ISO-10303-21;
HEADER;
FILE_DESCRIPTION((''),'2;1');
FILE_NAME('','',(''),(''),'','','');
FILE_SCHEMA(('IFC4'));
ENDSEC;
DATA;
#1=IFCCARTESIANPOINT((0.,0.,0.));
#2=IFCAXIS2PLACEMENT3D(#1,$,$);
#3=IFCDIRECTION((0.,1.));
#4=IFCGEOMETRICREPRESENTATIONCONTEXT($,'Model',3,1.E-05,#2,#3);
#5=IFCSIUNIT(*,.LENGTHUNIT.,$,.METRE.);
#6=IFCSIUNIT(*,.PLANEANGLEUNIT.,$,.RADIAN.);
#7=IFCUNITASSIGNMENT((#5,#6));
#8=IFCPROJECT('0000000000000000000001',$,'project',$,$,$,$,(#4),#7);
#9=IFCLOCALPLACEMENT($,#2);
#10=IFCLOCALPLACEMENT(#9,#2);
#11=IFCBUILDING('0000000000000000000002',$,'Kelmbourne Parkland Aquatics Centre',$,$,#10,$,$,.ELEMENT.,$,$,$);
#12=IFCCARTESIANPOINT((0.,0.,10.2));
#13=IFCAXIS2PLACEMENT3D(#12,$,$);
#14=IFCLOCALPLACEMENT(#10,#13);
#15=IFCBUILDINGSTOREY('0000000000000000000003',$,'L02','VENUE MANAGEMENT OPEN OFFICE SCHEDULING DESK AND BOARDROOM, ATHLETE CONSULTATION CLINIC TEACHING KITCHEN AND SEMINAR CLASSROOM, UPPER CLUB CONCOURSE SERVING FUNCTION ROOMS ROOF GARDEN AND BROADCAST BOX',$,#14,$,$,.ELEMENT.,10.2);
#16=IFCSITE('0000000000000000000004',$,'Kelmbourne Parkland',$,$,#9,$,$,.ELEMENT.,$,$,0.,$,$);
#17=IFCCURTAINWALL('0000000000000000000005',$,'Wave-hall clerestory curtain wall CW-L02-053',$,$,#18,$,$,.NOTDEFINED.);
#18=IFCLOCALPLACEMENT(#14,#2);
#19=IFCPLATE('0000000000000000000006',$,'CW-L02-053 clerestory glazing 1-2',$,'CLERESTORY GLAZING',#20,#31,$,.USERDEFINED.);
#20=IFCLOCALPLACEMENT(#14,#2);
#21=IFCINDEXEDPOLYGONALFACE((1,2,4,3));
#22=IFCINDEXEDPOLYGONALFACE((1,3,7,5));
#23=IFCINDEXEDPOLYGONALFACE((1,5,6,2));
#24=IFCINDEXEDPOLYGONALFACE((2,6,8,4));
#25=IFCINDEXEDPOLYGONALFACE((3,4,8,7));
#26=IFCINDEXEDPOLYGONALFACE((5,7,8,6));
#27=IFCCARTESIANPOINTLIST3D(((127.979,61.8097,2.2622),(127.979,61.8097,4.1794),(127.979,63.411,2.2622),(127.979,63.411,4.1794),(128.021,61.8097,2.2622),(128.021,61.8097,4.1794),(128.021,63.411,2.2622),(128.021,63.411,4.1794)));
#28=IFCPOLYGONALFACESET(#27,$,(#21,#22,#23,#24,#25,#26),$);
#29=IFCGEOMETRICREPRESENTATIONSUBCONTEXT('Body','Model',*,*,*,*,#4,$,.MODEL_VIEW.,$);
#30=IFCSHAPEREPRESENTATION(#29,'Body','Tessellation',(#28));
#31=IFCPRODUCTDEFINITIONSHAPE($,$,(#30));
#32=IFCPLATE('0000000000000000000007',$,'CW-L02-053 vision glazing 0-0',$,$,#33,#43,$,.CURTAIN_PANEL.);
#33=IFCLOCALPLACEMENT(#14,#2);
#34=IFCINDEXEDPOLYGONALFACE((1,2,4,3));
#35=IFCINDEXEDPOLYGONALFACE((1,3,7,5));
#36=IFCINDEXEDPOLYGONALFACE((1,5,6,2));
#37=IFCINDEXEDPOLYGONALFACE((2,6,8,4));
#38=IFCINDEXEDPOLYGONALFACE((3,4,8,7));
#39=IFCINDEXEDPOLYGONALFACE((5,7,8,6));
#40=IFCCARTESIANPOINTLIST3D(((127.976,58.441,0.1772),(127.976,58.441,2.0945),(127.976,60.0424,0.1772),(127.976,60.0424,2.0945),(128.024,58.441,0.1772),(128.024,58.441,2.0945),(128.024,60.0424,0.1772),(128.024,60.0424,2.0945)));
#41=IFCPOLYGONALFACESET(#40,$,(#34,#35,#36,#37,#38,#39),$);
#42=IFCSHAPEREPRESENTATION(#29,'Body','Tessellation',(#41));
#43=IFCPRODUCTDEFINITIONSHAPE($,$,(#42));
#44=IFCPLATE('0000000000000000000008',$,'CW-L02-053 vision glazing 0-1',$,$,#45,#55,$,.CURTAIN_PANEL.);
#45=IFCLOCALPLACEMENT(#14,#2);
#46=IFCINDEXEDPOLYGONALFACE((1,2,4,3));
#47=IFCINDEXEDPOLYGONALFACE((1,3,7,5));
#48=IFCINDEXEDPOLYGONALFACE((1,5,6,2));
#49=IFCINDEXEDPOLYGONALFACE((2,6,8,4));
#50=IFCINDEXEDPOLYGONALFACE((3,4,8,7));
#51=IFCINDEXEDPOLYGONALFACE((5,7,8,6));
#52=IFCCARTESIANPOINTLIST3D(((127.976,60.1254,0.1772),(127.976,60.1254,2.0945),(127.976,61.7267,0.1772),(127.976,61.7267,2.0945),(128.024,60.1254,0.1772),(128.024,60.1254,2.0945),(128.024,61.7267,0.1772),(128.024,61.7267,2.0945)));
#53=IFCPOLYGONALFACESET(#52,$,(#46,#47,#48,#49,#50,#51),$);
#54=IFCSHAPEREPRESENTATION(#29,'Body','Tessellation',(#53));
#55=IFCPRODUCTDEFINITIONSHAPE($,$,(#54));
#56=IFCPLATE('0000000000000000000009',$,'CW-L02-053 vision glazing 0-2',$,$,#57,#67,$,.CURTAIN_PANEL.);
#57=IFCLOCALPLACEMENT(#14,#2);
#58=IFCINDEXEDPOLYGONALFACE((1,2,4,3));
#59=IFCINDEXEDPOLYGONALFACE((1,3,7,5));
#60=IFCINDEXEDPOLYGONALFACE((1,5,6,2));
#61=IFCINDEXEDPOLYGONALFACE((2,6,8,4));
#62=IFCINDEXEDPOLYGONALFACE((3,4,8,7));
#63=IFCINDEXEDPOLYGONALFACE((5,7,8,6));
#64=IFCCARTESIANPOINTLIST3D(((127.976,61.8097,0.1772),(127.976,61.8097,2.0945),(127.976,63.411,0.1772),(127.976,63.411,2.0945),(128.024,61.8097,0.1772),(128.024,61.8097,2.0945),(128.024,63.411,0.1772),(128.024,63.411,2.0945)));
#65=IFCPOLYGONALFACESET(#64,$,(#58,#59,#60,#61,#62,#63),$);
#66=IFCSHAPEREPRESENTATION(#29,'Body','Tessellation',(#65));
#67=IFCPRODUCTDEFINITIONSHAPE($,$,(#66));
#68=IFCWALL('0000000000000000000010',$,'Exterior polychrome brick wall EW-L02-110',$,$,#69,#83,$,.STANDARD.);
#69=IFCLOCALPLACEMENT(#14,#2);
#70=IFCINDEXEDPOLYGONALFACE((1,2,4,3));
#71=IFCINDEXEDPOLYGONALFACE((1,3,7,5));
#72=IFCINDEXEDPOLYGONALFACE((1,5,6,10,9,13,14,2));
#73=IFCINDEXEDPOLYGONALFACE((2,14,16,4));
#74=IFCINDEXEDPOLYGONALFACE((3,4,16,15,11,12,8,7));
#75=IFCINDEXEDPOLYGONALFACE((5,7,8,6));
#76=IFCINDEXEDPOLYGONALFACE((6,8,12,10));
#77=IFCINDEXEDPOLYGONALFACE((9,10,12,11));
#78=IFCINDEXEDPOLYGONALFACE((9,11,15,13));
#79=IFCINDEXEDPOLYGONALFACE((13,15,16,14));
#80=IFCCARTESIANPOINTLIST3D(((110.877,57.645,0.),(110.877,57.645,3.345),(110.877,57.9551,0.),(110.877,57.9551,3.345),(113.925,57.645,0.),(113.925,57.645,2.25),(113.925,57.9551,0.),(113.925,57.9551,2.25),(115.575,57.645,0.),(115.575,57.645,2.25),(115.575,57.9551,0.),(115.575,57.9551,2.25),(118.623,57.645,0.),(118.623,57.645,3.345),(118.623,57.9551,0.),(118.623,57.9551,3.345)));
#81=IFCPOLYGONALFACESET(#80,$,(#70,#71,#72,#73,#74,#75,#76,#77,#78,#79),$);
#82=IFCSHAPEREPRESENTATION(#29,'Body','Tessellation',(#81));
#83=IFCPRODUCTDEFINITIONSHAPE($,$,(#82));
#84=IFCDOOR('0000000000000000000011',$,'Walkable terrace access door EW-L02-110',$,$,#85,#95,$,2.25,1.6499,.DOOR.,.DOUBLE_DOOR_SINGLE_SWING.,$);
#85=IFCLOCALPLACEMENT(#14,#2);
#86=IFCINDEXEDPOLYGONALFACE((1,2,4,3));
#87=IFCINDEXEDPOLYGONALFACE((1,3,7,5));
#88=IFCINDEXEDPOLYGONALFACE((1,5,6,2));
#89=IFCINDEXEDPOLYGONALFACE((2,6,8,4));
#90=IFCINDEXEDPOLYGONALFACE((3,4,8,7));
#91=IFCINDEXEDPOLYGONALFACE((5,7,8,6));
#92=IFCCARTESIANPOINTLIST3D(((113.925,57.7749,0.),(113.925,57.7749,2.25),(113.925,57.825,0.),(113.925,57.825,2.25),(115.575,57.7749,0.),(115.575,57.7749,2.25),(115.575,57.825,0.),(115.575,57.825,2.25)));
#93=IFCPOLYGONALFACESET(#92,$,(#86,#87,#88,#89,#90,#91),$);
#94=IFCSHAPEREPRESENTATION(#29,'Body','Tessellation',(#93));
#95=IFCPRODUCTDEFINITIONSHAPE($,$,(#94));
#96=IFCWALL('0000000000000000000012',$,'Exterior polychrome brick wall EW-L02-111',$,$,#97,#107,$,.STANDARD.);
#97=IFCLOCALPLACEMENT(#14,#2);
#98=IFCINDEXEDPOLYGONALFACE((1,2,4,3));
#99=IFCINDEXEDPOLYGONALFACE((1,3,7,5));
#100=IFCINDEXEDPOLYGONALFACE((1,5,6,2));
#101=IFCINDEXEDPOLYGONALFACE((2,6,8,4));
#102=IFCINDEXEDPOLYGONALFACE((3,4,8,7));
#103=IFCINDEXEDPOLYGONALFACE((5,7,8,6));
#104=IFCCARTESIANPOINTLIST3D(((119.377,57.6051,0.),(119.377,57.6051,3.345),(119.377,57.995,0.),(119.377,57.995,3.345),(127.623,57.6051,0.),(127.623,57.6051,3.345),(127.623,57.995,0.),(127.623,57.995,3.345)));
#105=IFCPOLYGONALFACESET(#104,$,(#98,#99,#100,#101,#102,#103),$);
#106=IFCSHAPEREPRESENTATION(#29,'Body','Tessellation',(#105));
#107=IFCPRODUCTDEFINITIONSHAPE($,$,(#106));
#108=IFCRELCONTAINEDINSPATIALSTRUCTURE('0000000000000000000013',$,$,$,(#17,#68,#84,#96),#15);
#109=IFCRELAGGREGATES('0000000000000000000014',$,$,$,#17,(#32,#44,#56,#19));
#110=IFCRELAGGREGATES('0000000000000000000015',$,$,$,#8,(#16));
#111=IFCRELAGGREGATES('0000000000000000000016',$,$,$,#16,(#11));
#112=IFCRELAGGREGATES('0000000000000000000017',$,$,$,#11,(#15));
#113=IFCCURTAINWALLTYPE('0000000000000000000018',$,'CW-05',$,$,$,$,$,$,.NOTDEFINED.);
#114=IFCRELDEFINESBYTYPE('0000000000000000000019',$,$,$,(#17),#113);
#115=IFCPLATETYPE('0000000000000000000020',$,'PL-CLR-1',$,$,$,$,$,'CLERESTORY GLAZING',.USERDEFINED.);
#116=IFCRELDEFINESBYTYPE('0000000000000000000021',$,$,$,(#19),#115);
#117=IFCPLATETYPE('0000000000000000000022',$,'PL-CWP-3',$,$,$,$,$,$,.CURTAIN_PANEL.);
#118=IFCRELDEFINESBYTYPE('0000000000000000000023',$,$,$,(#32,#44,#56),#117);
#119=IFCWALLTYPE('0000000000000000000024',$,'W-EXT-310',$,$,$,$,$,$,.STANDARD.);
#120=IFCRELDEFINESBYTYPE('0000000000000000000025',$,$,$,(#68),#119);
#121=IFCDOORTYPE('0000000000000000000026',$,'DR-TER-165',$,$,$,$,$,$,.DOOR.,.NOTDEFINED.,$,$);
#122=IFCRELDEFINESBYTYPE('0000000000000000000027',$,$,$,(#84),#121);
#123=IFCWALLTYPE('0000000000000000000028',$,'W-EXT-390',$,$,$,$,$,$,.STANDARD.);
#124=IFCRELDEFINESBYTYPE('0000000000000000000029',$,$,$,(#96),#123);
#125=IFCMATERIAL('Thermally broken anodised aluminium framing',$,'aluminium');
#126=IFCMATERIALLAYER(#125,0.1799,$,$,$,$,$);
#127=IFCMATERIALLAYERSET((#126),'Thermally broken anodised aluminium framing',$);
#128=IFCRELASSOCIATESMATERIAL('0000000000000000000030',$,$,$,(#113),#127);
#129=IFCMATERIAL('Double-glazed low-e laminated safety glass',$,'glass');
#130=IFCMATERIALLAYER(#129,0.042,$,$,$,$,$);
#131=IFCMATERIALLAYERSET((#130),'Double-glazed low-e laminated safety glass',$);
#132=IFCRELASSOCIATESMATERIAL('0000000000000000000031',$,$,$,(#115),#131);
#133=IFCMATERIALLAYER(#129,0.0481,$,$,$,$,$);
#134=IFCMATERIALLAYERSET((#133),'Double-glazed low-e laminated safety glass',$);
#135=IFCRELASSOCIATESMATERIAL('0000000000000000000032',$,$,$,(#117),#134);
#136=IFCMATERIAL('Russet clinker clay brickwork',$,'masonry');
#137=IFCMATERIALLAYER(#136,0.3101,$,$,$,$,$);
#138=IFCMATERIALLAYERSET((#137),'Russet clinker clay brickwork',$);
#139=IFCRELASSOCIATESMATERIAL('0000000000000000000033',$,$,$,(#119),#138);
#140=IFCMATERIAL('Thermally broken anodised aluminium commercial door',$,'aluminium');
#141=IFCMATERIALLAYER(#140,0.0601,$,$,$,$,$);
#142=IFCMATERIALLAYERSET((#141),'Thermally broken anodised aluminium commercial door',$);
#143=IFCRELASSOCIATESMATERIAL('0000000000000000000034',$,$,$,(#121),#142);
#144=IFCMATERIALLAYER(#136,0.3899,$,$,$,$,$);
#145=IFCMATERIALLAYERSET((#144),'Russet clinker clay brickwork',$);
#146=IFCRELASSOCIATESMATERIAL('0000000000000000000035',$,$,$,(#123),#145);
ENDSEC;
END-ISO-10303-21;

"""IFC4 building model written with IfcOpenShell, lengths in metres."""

from ifc_helpers import new_model, si_unit, direction, frame, frame_2d, origin, origin_2d, place, context, subcontext, project, spatial, rectangle, extrude, material, layer, layer_set, type_object, element, fill, aggregate, save


model = new_model("IFC4")

# Units and contexts
model_context = context("Model", 3, precision=1e-05, world=origin(), true_north=direction((0.0, 1.0)))
body_context = subcontext(model_context, "Body", "Model", "MODEL_VIEW")
ifc_project = project(units=[si_unit("LENGTHUNIT", "METRE"), si_unit("PLANEANGLEUNIT", "RADIAN")], contexts=[model_context])

# Site, building, storey
site_placement = place(None, origin())
site = spatial("IfcSite", under=ifc_project, at=site_placement, Name="Kelmbourne Parkland", CompositionType="ELEMENT", RefElevation=0.0)
building_placement = place(site_placement, origin())
building = spatial("IfcBuilding", under=site, at=building_placement, Name="Kelmbourne Parkland Aquatics Centre", CompositionType="ELEMENT")
storey_placement = place(building_placement, frame((0.0, 0.0, 10.2)))
storey = spatial("IfcBuildingStorey", under=building, at=storey_placement, Name="L02", Description="VENUE MANAGEMENT OPEN OFFICE SCHEDULING DESK AND BOARDROOM, ATHLETE CONSULTATION CLINIC TEACHING KITCHEN AND SEMINAR CLASSROOM, UPPER CLUB CONCOURSE SERVING FUNCTION ROOMS ROOF GARDEN AND BROADCAST BOX", CompositionType="ELEMENT", Elevation=10.2)

# Shared definitions
ifc_material_1 = material(Name="Thermally broken anodised aluminium framing", Category="aluminium")

# Curtain wall, plates
ifc_layer_1 = layer(ifc_material_1, 0.1799)
ifc_layer_set_1 = layer_set([ifc_layer_1], Name="Thermally broken anodised aluminium framing")
curtain_wall_type_1 = type_object("IfcCurtainWallType", Name="CW-05", PredefinedType="NOTDEFINED", material=ifc_layer_set_1)
curtain_wall_1_placement = place(storey_placement, origin())
curtain_wall_1 = element("IfcCurtainWall", 1, at=curtain_wall_1_placement, inside=storey, type_object=curtain_wall_type_1, Name="Wave-hall clerestory curtain wall CW-L02-053", PredefinedType="NOTDEFINED")
ifc_material_2 = material(Name="Double-glazed low-e laminated safety glass", Category="glass")
ifc_layer_2 = layer(ifc_material_2, 0.042)
ifc_layer_set_2 = layer_set([ifc_layer_2], Name="Double-glazed low-e laminated safety glass")
plate_type_1 = type_object("IfcPlateType", Name="PL-CLR-1", ElementType="CLERESTORY GLAZING", PredefinedType="USERDEFINED", material=ifc_layer_set_2)
plate_1_placement = place(storey_placement, frame((128.0, 62.6104, 2.2622), z_axis=(0.0, 0.0, 1.0), x_axis=(0.0, 1.0, 0.0)))
plate_1 = element("IfcPlate", 2, at=plate_1_placement, type_object=plate_type_1, Name="CW-L02-053 clerestory glazing 1-2", ObjectType="CLERESTORY GLAZING", PredefinedType="USERDEFINED", context=body_context, shape_type="SweptSolid", body=[
    extrude(rectangle(XDim=1.6013, YDim=0.042, at=origin_2d()), origin(), (0.0, 0.0, 1.0), 1.9172),
])
ifc_layer_3 = layer(ifc_material_2, 0.0481)
ifc_layer_set_3 = layer_set([ifc_layer_3], Name="Double-glazed low-e laminated safety glass")
plate_type_2 = type_object("IfcPlateType", Name="PL-CWP-3", PredefinedType="CURTAIN_PANEL", material=ifc_layer_set_3)
plate_2_placement = place(storey_placement, frame((128.0, 59.2417, 0.1772), z_axis=(0.0, 0.0, 1.0), x_axis=(0.0, 1.0, 0.0)))
plate_2 = element("IfcPlate", 3, at=plate_2_placement, type_object=plate_type_2, Name="CW-L02-053 vision glazing 0-0", PredefinedType="CURTAIN_PANEL", context=body_context, shape_type="SweptSolid", body=[
    extrude(rectangle(XDim=1.6013, YDim=0.0481, at=origin_2d()), origin(), (0.0, 0.0, 1.0), 1.9172),
])
plate_3_placement = place(storey_placement, frame((128.0, 60.926, 0.1772), z_axis=(0.0, 0.0, 1.0), x_axis=(0.0, 1.0, 0.0)))
plate_3 = element("IfcPlate", 4, at=plate_3_placement, type_object=plate_type_2, Name="CW-L02-053 vision glazing 0-1", PredefinedType="CURTAIN_PANEL", context=body_context, shape_type="SweptSolid", body=[
    extrude(rectangle(XDim=1.6013, YDim=0.0481, at=origin_2d()), origin(), (0.0, 0.0, 1.0), 1.9172),
])
plate_4_placement = place(storey_placement, frame((128.0, 62.6104, 0.1772), z_axis=(0.0, 0.0, 1.0), x_axis=(0.0, 1.0, 0.0)))
plate_4 = element("IfcPlate", 5, at=plate_4_placement, type_object=plate_type_2, Name="CW-L02-053 vision glazing 0-2", PredefinedType="CURTAIN_PANEL", context=body_context, shape_type="SweptSolid", body=[
    extrude(rectangle(XDim=1.6013, YDim=0.0481, at=origin_2d()), origin(), (0.0, 0.0, 1.0), 1.9172),
])
aggregate(curtain_wall_1, [plate_2, plate_3, plate_4, plate_1])

# Wall, opening, door
ifc_material_3 = material(Name="Russet clinker clay brickwork", Category="masonry")
ifc_layer_4 = layer(ifc_material_3, 0.3101)
ifc_layer_set_4 = layer_set([ifc_layer_4], Name="Russet clinker clay brickwork")
wall_type_1 = type_object("IfcWallType", Name="W-EXT-310", PredefinedType="STANDARD", material=ifc_layer_set_4)
wall_1_placement = place(storey_placement, frame((110.877, 57.8, 0.0), z_axis=(0.0, 0.0, 1.0), x_axis=(1.0, 0.0, 0.0)))
wall_1 = element("IfcWall", 6, at=wall_1_placement, inside=storey, type_object=wall_type_1, Name="Exterior polychrome brick wall EW-L02-110", PredefinedType="STANDARD", context=body_context, shape_type="SweptSolid", body=[
    extrude(rectangle(XDim=7.7461, YDim=0.3101, at=frame_2d((3.873, 0.0))), origin(), (0.0, 0.0, 1.0), 3.345),
])
opening_placement = place(wall_1_placement, frame((3.0481, 0.0, 0.0)))
opening = element("IfcOpeningElement", 7, at=opening_placement, cuts=wall_1, PredefinedType="OPENING", context=body_context, shape_type="SweptSolid", body=[
    extrude(rectangle(XDim=1.6499, YDim=2.25, at=frame_2d((0.825, 1.125))), frame((0.0, 0.167, 0.0), z_axis=(0.0, -1.0, 0.0), x_axis=(1.0, 0.0, 0.0)), (0.0, 0.0, 1.0), 0.334),
])
ifc_material_4 = material(Name="Thermally broken anodised aluminium commercial door", Category="aluminium")
ifc_layer_5 = layer(ifc_material_4, 0.0601)
ifc_layer_set_5 = layer_set([ifc_layer_5], Name="Thermally broken anodised aluminium commercial door")
door_type = type_object("IfcDoorType", Name="DR-TER-165", OperationType="NOTDEFINED", PredefinedType="DOOR", material=ifc_layer_set_5)
door_placement = place(opening_placement, origin())
door = element("IfcDoor", 8, at=door_placement, inside=storey, type_object=door_type, Name="Walkable terrace access door EW-L02-110", OperationType="DOUBLE_DOOR_SINGLE_SWING", OverallHeight=2.25, OverallWidth=1.6499, PredefinedType="DOOR", context=body_context, shape_type="SweptSolid", body=[
    extrude(rectangle(XDim=1.6499, YDim=2.25, at=frame_2d((0.825, 1.125))), frame((0.0, 0.0249, 0.0), z_axis=(0.0, -1.0, 0.0), x_axis=(1.0, 0.0, 0.0)), (0.0, 0.0, 1.0), 0.05),
])
fill(opening, door)

# Wall
ifc_layer_6 = layer(ifc_material_3, 0.3899)
ifc_layer_set_6 = layer_set([ifc_layer_6], Name="Russet clinker clay brickwork")
wall_type_2 = type_object("IfcWallType", Name="W-EXT-390", PredefinedType="STANDARD", material=ifc_layer_set_6)
wall_2_placement = place(storey_placement, frame((119.377, 57.8, 0.0), z_axis=(0.0, 0.0, 1.0), x_axis=(1.0, 0.0, 0.0)))
element("IfcWall", 9, at=wall_2_placement, inside=storey, type_object=wall_type_2, Name="Exterior polychrome brick wall EW-L02-111", PredefinedType="STANDARD", context=body_context, shape_type="SweptSolid", body=[
    extrude(rectangle(XDim=8.2461, YDim=0.3899, at=frame_2d((4.123, 0.0))), origin(), (0.0, 0.0, 1.0), 3.345),
])

save(model, "model.ifc")
